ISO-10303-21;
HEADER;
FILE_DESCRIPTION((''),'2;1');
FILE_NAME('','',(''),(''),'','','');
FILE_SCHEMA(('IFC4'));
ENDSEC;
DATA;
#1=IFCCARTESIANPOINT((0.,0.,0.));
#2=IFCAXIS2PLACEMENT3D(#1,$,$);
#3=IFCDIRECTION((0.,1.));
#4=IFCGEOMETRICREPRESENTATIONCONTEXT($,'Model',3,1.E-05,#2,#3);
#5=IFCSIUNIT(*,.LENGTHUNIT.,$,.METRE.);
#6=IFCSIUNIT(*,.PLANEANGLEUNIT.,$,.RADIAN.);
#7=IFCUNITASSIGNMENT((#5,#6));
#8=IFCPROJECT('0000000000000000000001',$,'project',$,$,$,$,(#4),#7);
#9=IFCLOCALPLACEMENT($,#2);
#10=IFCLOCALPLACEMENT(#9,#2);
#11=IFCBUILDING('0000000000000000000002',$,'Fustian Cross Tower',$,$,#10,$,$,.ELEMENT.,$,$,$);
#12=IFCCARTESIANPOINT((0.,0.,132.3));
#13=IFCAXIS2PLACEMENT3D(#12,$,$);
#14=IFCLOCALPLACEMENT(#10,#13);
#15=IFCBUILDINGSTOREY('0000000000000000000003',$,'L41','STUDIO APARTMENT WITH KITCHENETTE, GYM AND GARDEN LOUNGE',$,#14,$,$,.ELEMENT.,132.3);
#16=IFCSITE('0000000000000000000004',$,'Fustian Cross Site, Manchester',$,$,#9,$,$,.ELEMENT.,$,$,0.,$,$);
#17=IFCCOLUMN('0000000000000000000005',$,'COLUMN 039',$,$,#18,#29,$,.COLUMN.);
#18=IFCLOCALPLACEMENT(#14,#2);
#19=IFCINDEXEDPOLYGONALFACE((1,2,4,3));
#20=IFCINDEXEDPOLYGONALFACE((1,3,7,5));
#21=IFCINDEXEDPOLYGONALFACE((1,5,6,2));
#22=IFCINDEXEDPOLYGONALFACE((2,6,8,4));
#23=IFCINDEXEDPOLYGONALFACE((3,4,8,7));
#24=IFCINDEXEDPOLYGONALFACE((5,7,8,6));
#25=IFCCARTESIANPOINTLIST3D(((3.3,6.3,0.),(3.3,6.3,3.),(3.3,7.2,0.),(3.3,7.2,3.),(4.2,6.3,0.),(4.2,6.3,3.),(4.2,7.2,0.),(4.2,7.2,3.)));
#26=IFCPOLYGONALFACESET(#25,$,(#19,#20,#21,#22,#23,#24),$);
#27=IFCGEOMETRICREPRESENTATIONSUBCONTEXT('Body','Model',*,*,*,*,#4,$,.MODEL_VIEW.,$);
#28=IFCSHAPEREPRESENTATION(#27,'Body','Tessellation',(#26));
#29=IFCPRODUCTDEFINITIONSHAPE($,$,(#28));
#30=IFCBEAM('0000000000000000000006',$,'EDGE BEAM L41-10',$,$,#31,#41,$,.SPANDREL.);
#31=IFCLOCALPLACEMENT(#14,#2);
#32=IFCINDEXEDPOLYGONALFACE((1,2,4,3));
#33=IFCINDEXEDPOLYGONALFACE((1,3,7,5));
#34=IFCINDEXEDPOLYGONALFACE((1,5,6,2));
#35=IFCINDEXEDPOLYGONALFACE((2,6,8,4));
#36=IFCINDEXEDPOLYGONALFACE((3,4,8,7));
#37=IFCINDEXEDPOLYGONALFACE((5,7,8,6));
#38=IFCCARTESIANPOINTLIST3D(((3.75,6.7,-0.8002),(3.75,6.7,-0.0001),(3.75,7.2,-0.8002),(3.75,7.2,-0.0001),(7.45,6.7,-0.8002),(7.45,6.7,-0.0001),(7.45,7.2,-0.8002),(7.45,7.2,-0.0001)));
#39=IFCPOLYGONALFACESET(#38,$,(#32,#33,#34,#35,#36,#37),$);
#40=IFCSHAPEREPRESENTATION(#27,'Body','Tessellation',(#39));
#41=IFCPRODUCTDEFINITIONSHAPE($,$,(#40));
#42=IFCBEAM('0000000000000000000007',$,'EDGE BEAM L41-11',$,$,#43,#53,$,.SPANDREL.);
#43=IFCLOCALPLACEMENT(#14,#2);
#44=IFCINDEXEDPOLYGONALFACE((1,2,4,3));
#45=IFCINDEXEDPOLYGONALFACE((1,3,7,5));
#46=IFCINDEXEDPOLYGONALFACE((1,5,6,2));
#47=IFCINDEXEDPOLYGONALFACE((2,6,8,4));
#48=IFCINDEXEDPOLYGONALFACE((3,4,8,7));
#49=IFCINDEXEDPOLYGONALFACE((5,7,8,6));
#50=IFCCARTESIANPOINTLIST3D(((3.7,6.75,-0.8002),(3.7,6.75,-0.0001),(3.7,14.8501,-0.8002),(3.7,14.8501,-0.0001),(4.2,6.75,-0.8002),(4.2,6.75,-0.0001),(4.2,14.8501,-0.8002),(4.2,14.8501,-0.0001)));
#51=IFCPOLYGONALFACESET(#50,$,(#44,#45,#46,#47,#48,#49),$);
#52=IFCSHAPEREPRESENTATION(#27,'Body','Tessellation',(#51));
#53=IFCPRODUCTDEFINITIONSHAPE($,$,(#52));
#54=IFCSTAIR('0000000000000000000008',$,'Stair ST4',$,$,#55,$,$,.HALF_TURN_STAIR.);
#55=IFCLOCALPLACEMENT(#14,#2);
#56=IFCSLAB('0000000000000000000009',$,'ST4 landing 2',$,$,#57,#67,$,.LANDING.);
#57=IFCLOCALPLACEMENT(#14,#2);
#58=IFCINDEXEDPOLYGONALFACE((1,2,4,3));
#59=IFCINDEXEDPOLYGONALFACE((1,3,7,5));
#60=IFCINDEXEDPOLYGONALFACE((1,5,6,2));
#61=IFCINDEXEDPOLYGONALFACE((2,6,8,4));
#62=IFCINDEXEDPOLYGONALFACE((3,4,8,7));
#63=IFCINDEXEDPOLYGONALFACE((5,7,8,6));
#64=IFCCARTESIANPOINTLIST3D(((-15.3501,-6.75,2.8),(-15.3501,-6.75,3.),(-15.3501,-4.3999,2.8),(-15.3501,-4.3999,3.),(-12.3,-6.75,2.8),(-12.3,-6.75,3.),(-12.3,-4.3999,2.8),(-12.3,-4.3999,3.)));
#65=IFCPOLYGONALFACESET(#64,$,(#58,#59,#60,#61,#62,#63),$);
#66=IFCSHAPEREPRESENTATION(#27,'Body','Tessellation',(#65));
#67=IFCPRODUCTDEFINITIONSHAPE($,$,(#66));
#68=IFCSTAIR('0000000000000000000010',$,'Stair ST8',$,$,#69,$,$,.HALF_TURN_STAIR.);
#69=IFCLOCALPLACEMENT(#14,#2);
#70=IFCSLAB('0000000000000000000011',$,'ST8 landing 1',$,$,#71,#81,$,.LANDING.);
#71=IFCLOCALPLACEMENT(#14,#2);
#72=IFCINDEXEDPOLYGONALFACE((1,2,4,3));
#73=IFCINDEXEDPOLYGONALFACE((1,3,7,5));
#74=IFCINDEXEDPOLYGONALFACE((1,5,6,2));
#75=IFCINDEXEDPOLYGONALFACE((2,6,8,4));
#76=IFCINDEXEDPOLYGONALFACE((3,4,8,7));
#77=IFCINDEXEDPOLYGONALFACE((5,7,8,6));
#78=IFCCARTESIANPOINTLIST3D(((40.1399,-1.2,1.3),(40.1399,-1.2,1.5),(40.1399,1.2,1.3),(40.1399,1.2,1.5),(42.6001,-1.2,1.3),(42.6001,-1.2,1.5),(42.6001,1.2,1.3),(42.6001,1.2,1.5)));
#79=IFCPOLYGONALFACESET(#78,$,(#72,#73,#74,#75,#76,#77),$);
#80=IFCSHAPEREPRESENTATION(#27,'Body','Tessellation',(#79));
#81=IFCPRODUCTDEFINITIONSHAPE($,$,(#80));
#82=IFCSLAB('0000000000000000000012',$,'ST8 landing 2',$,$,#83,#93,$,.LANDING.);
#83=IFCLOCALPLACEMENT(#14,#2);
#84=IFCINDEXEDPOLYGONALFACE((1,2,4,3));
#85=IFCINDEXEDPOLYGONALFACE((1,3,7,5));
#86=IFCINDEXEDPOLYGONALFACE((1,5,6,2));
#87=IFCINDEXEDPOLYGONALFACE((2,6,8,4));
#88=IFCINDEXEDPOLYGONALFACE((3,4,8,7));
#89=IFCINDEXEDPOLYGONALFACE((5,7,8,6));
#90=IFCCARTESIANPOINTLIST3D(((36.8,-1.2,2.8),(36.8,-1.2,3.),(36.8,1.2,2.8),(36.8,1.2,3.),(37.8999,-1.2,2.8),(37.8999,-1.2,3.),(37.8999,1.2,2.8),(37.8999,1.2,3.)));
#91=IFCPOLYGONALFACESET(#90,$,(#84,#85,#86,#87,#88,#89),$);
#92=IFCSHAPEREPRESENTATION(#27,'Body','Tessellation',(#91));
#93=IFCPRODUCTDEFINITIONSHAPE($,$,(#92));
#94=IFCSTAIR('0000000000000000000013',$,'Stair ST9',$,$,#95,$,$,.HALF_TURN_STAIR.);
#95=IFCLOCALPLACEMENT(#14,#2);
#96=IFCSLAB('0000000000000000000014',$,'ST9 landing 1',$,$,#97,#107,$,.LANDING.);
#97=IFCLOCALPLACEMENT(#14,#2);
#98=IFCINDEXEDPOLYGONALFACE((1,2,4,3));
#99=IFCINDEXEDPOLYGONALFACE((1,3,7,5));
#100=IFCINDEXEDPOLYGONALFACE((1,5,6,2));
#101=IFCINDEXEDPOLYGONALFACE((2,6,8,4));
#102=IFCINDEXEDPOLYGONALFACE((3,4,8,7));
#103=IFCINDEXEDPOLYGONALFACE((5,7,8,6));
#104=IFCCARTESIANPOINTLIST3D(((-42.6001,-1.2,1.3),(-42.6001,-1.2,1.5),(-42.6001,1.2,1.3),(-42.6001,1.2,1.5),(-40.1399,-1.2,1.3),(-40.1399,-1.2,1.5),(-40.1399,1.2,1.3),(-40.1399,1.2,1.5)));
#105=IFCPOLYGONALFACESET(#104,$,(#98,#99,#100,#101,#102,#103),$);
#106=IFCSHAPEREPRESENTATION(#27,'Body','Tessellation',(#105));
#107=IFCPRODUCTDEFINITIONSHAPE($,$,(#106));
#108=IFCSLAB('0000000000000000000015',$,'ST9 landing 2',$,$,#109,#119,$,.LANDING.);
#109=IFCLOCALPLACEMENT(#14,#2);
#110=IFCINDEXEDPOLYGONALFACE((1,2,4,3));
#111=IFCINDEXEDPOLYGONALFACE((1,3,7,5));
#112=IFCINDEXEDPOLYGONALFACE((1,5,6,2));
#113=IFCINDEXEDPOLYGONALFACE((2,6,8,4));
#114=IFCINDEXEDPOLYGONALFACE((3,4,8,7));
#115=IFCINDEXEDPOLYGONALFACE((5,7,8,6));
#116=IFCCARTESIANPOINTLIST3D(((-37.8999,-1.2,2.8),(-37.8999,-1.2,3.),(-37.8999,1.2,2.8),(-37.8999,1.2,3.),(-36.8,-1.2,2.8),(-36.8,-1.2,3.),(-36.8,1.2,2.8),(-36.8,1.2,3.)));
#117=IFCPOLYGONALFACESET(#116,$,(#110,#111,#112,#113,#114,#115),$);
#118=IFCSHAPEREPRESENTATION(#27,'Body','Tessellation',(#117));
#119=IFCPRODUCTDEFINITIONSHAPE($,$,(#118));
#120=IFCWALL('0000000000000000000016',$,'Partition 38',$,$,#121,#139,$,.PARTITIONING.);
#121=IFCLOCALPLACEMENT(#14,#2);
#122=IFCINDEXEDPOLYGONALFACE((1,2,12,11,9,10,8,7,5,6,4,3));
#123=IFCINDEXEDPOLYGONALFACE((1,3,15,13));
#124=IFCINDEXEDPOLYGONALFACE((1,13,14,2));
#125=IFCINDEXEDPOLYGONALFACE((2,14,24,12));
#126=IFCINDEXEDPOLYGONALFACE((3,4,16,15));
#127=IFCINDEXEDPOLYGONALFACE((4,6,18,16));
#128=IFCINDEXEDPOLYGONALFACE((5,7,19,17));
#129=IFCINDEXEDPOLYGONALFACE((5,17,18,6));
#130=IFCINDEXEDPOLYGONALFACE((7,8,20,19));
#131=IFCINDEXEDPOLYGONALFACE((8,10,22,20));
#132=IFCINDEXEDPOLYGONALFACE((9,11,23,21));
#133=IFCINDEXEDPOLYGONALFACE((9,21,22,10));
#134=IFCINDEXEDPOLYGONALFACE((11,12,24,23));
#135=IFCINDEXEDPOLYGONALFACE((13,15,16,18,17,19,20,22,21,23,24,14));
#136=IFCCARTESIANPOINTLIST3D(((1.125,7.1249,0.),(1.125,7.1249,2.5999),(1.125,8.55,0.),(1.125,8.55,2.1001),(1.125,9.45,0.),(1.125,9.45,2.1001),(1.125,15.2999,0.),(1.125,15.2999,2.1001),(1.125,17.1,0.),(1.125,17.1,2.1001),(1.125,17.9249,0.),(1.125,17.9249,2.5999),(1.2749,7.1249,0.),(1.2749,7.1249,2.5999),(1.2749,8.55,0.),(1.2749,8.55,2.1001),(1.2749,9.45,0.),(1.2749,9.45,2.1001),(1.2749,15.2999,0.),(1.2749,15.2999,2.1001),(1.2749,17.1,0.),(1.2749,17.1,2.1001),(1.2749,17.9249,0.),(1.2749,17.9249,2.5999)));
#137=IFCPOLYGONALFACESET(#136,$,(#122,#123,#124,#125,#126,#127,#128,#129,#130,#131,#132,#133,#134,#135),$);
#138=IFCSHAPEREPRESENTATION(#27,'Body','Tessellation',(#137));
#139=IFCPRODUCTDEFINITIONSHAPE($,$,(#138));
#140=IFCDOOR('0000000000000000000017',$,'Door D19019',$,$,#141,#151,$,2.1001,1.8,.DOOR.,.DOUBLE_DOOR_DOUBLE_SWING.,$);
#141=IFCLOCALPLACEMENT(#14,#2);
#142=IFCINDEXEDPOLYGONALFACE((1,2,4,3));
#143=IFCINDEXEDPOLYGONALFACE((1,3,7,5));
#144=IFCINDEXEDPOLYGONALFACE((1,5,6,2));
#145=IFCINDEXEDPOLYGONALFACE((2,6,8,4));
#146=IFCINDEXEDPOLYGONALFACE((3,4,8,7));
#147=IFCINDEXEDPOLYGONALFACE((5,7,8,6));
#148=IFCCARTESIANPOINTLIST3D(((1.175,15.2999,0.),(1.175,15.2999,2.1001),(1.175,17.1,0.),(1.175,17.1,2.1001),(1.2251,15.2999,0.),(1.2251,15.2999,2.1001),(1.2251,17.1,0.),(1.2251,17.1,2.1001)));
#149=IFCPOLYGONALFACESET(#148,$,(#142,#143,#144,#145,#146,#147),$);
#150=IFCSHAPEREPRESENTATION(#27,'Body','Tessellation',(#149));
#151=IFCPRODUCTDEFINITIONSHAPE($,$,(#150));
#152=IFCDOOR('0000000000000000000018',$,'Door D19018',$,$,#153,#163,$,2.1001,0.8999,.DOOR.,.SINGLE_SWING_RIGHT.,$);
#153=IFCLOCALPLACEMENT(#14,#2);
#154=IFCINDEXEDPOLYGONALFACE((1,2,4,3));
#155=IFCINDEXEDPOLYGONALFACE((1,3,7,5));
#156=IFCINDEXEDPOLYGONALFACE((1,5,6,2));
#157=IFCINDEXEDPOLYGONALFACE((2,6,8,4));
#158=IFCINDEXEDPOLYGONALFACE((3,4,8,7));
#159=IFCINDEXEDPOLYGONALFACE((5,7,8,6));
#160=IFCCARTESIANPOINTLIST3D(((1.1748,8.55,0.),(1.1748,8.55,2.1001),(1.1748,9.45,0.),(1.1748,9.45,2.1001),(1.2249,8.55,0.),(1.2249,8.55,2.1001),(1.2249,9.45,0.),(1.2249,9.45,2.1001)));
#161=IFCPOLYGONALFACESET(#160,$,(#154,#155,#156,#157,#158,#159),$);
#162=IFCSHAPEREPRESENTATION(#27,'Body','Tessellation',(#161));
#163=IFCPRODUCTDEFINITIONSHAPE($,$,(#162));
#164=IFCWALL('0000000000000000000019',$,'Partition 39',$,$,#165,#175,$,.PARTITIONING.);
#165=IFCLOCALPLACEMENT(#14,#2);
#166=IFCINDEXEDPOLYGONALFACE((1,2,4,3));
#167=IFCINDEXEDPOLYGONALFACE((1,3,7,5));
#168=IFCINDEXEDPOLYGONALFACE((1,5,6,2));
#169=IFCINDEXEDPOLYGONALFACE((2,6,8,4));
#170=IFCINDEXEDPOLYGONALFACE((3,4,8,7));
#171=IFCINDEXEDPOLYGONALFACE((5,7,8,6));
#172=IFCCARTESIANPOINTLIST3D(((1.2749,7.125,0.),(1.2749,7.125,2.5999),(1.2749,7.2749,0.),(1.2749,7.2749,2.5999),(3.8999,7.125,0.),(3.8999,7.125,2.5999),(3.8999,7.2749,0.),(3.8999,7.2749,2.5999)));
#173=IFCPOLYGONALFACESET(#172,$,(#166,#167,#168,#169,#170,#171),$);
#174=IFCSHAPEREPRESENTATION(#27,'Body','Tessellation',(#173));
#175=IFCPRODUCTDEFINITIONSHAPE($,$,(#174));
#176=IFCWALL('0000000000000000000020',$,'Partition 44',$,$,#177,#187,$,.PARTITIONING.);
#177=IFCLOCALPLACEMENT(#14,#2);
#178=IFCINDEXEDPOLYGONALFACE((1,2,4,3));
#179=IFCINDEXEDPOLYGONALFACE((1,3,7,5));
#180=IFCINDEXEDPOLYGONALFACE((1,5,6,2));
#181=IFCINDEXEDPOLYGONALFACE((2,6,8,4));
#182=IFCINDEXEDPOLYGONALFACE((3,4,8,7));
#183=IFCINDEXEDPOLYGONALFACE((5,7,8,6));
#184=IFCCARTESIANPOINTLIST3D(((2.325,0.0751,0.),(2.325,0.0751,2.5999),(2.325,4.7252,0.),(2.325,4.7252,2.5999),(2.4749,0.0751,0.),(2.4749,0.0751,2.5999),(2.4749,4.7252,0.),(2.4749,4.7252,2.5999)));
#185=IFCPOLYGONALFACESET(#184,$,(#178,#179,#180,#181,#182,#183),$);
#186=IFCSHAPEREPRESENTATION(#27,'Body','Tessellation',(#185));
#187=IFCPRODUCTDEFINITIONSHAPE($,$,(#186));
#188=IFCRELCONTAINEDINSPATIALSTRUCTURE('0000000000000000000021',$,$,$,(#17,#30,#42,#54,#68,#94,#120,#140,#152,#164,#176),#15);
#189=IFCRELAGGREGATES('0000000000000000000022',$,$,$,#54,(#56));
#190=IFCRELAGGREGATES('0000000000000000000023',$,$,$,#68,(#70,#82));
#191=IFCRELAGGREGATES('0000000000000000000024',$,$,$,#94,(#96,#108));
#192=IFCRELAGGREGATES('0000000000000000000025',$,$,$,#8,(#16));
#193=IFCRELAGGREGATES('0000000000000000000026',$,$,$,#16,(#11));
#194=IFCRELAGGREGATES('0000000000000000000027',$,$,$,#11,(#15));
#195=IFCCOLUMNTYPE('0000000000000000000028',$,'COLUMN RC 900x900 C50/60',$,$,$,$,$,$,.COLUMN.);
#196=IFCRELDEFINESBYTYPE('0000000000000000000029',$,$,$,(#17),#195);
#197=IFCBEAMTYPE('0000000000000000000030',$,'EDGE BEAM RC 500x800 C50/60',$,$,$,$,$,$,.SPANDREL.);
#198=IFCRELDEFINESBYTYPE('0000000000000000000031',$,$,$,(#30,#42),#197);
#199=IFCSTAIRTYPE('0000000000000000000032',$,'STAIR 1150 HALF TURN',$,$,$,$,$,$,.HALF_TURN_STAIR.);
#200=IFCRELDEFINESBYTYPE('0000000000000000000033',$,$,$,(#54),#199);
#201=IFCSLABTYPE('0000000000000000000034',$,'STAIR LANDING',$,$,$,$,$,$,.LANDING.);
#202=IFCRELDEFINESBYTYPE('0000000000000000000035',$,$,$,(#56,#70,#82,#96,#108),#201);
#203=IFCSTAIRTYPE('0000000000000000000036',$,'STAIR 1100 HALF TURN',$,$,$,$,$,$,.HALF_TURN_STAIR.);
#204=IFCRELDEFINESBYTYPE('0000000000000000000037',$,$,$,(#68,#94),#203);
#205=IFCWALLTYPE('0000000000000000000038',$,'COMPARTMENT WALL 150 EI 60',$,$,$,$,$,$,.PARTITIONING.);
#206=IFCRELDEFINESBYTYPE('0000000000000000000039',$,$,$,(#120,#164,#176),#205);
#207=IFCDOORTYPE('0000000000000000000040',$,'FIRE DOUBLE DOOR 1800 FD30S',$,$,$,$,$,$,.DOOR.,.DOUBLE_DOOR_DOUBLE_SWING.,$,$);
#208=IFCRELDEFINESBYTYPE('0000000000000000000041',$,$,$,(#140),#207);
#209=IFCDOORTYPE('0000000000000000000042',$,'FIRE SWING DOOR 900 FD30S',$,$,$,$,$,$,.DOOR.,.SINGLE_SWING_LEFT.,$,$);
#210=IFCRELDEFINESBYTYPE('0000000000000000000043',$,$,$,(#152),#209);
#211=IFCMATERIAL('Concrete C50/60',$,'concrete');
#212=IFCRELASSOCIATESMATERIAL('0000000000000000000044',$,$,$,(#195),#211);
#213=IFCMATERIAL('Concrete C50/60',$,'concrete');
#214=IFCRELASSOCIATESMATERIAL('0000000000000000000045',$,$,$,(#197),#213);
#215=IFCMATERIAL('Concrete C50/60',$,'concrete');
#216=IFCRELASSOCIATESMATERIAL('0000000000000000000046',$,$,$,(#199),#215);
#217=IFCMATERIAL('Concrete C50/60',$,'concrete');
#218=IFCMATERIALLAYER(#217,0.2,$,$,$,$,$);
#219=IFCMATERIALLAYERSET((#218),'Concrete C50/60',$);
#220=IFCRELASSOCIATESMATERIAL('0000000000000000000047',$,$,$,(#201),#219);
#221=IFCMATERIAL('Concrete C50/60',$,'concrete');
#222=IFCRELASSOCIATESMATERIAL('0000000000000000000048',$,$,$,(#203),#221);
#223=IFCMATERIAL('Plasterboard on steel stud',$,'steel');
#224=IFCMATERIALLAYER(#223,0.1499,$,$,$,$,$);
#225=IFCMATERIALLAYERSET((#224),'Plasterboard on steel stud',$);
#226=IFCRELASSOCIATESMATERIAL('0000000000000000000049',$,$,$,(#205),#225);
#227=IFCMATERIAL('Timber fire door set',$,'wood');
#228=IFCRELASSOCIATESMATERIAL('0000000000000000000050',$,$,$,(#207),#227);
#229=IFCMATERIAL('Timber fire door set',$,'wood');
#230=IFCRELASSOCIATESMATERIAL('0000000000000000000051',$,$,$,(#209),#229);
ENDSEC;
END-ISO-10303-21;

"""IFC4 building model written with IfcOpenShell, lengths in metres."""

from ifc_helpers import new_model, si_unit, direction, frame, frame_2d, origin, origin_2d, place, context, subcontext, project, spatial, polyline, rectangle, outline, extrude, material, layer, layer_set, material_profile, profile_set, type_object, element, fill, aggregate, save


model = new_model("IFC4")

# Units and contexts
model_context = context("Model", 3, precision=1e-05, world=origin(), true_north=direction((0.0, 1.0)))
body_context = subcontext(model_context, "Body", "Model", "MODEL_VIEW")
ifc_project = project(units=[si_unit("LENGTHUNIT", "METRE"), si_unit("PLANEANGLEUNIT", "RADIAN")], contexts=[model_context])

# Site, building, storey
site_placement = place(None, origin())
site = spatial("IfcSite", under=ifc_project, at=site_placement, Name="Fustian Cross Site, Manchester", CompositionType="ELEMENT", RefElevation=0.0)
building_placement = place(site_placement, origin())
building = spatial("IfcBuilding", under=site, at=building_placement, Name="Fustian Cross Tower", CompositionType="ELEMENT")
storey_placement = place(building_placement, frame((0.0, 0.0, 132.3)))
storey = spatial("IfcBuildingStorey", under=building, at=storey_placement, Name="L41", Description="STUDIO APARTMENT WITH KITCHENETTE, GYM AND GARDEN LOUNGE", CompositionType="ELEMENT", Elevation=132.3)

# Column
ifc_material_1 = material(Name="Concrete C50/60", Category="concrete")
ifc_material_profile_1 = material_profile(ifc_material_1, rectangle(XDim=0.8999, YDim=0.8999, at=origin_2d()), Name="RC 900x900")
ifc_profile_set_1 = profile_set([ifc_material_profile_1], Name="Concrete C50/60")
column_type = type_object("IfcColumnType", Name="COLUMN RC 900x900 C50/60", PredefinedType="COLUMN", material=ifc_profile_set_1)
column_placement = place(storey_placement, frame((3.75, 6.75, 0.0), z_axis=(0.0, 0.0, 1.0), x_axis=(1.0, 0.0, 0.0)))
element("IfcColumn", 1, at=column_placement, inside=storey, type_object=column_type, Name="COLUMN 039", PredefinedType="COLUMN", context=body_context, shape_type="SweptSolid", body=[
    extrude(rectangle(XDim=0.8999, YDim=0.8999, at=origin_2d()), origin(), (0.0, 0.0, 1.0), 3.0),
])

# Beams
ifc_material_2 = material(Name="Concrete C50/60", Category="concrete")
ifc_material_profile_2 = material_profile(ifc_material_2, rectangle(XDim=0.5, YDim=0.8, at=origin_2d()), Name="RC 500x800")
ifc_profile_set_2 = profile_set([ifc_material_profile_2], Name="Concrete C50/60")
beam_type = type_object("IfcBeamType", Name="EDGE BEAM RC 500x800 C50/60", PredefinedType="SPANDREL", material=ifc_profile_set_2)
beam_1_placement = place(storey_placement, frame((7.45, 6.95, -0.4001), z_axis=(-1.0, 0.0, 0.0), x_axis=(0.0, -1.0, 0.0)))
element("IfcBeam", 2, at=beam_1_placement, inside=storey, type_object=beam_type, Name="EDGE BEAM L41-10", PredefinedType="SPANDREL", context=body_context, shape_type="SweptSolid", body=[
    extrude(rectangle(XDim=0.5, YDim=0.8, at=origin_2d()), origin(), (0.0, 0.0, 1.0), 3.7),
])
beam_2_placement = place(storey_placement, frame((3.95, 6.75, -0.4001), z_axis=(0.0, 1.0, 0.0), x_axis=(-1.0, 0.0, 0.0)))
element("IfcBeam", 3, at=beam_2_placement, inside=storey, type_object=beam_type, Name="EDGE BEAM L41-11", PredefinedType="SPANDREL", context=body_context, shape_type="SweptSolid", body=[
    extrude(rectangle(XDim=0.5, YDim=0.8, at=origin_2d()), origin(), (0.0, 0.0, 1.0), 8.1001),
])

# Stair, slab
ifc_material_3 = material(Name="Concrete C50/60", Category="concrete")
stair_type_1 = type_object("IfcStairType", Name="STAIR 1150 HALF TURN", PredefinedType="HALF_TURN_STAIR", material=ifc_material_3)
stair_1_placement = place(storey_placement, origin())
stair_1 = element("IfcStair", 4, at=stair_1_placement, inside=storey, type_object=stair_type_1, Name="Stair ST4", PredefinedType="HALF_TURN_STAIR")
ifc_material_4 = material(Name="Concrete C50/60", Category="concrete")
ifc_layer_1 = layer(ifc_material_4, 0.2)
ifc_layer_set_1 = layer_set([ifc_layer_1], Name="Concrete C50/60")
slab_type = type_object("IfcSlabType", Name="STAIR LANDING", PredefinedType="LANDING", material=ifc_layer_set_1)
slab_1_placement = place(storey_placement, frame((0.0, 0.0, 2.8)))
slab_1 = element("IfcSlab", 5, at=slab_1_placement, type_object=slab_type, Name="ST4 landing 2", PredefinedType="LANDING", context=body_context, shape_type="SweptSolid", body=[
    extrude(outline(polyline([(-12.3, -4.3999), (-15.3501, -4.3999), (-15.3501, -6.75), (-12.3, -6.75), (-12.3, -4.3999)])), origin(), (0.0, 0.0, 1.0), 0.2),
])
aggregate(stair_1, [slab_1])

# Stairs, slabs
ifc_material_5 = material(Name="Concrete C50/60", Category="concrete")
stair_type_2 = type_object("IfcStairType", Name="STAIR 1100 HALF TURN", PredefinedType="HALF_TURN_STAIR", material=ifc_material_5)
stair_2_placement = place(storey_placement, origin())
stair_2 = element("IfcStair", 6, at=stair_2_placement, inside=storey, type_object=stair_type_2, Name="Stair ST8", PredefinedType="HALF_TURN_STAIR")
slab_2_placement = place(storey_placement, frame((0.0, 0.0, 1.3)))
slab_2 = element("IfcSlab", 7, at=slab_2_placement, type_object=slab_type, Name="ST8 landing 1", PredefinedType="LANDING", context=body_context, shape_type="SweptSolid", body=[
    extrude(outline(polyline([(40.1399, -1.2), (42.6001, -1.2), (42.6001, 1.2), (40.1399, 1.2), (40.1399, -1.2)])), origin(), (0.0, 0.0, 1.0), 0.2),
])
slab_3_placement = place(storey_placement, frame((0.0, 0.0, 2.8)))
slab_3 = element("IfcSlab", 8, at=slab_3_placement, type_object=slab_type, Name="ST8 landing 2", PredefinedType="LANDING", context=body_context, shape_type="SweptSolid", body=[
    extrude(outline(polyline([(36.8, -1.2), (37.8999, -1.2), (37.8999, 1.2), (36.8, 1.2), (36.8, -1.2)])), origin(), (0.0, 0.0, 1.0), 0.2),
])
aggregate(stair_2, [slab_2, slab_3])
stair_3_placement = place(storey_placement, origin())
stair_3 = element("IfcStair", 9, at=stair_3_placement, inside=storey, type_object=stair_type_2, Name="Stair ST9", PredefinedType="HALF_TURN_STAIR")
slab_4_placement = place(storey_placement, frame((0.0, 0.0, 1.3)))
slab_4 = element("IfcSlab", 10, at=slab_4_placement, type_object=slab_type, Name="ST9 landing 1", PredefinedType="LANDING", context=body_context, shape_type="SweptSolid", body=[
    extrude(outline(polyline([(-40.1399, -1.2), (-42.6001, -1.2), (-42.6001, 1.2), (-40.1399, 1.2), (-40.1399, -1.2)])), origin(), (0.0, 0.0, 1.0), 0.2),
])
slab_5_placement = place(storey_placement, frame((0.0, 0.0, 2.8)))
slab_5 = element("IfcSlab", 11, at=slab_5_placement, type_object=slab_type, Name="ST9 landing 2", PredefinedType="LANDING", context=body_context, shape_type="SweptSolid", body=[
    extrude(outline(polyline([(-36.8, -1.2), (-37.8999, -1.2), (-37.8999, 1.2), (-36.8, 1.2), (-36.8, -1.2)])), origin(), (0.0, 0.0, 1.0), 0.2),
])
aggregate(stair_3, [slab_4, slab_5])

# Wall, openings, doors
ifc_material_6 = material(Name="Plasterboard on steel stud", Category="steel")
ifc_layer_2 = layer(ifc_material_6, 0.1499)
ifc_layer_set_2 = layer_set([ifc_layer_2], Name="Plasterboard on steel stud")
wall_type_1 = type_object("IfcWallType", Name="COMPARTMENT WALL 150 EI 60", PredefinedType="PARTITIONING", material=ifc_layer_set_2)
wall_1_placement = place(storey_placement, frame((1.2, 7.125, 0.0), z_axis=(0.0, 0.0, 1.0), x_axis=(0.0, 1.0, 0.0)))
wall_1 = element("IfcWall", 12, at=wall_1_placement, inside=storey, type_object=wall_type_1, Name="Partition 38", PredefinedType="PARTITIONING", context=body_context, shape_type="SweptSolid", body=[
    extrude(rectangle(XDim=10.8, YDim=0.1499, at=frame_2d((5.3999, 0.0))), origin(), (0.0, 0.0, 1.0), 2.5999),
])
opening_1_placement = place(wall_1_placement, frame((1.425, 0.0, 0.0)))
opening_1 = element("IfcOpeningElement", 13, at=opening_1_placement, cuts=wall_1, PredefinedType="OPENING", context=body_context, shape_type="SweptSolid", body=[
    extrude(rectangle(XDim=0.8999, YDim=2.1001, at=frame_2d((0.45, 1.05))), frame((0.0, 0.085, 0.0), z_axis=(0.0, -1.0, 0.0), x_axis=(1.0, 0.0, 0.0)), (0.0, 0.0, 1.0), 0.1699),
])
opening_2_placement = place(wall_1_placement, frame((8.175, 0.0, 0.0)))
opening_2 = element("IfcOpeningElement", 14, at=opening_2_placement, cuts=wall_1, PredefinedType="OPENING", context=body_context, shape_type="SweptSolid", body=[
    extrude(rectangle(XDim=1.8, YDim=2.1001, at=frame_2d((0.8999, 1.05))), frame((0.0, 0.085, 0.0), z_axis=(0.0, -1.0, 0.0), x_axis=(1.0, 0.0, 0.0)), (0.0, 0.0, 1.0), 0.1699),
])
ifc_material_7 = material(Name="Timber fire door set", Category="wood")
door_type_1 = type_object("IfcDoorType", Name="FIRE DOUBLE DOOR 1800 FD30S", OperationType="DOUBLE_DOOR_DOUBLE_SWING", PredefinedType="DOOR", material=ifc_material_7)
door_1_placement = place(opening_2_placement, origin())
door_1 = element("IfcDoor", 15, at=door_1_placement, inside=storey, type_object=door_type_1, Name="Door D19019", OperationType="DOUBLE_DOOR_DOUBLE_SWING", OverallHeight=2.1001, OverallWidth=1.8, PredefinedType="DOOR", context=body_context, shape_type="SweptSolid", body=[
    extrude(rectangle(XDim=1.8, YDim=2.1001, at=frame_2d((0.8999, 1.05))), frame((0.0, 0.0249, 0.0), z_axis=(0.0, -1.0, 0.0), x_axis=(1.0, 0.0, 0.0)), (0.0, 0.0, 1.0), 0.05),
])
fill(opening_2, door_1)
ifc_material_8 = material(Name="Timber fire door set", Category="wood")
door_type_2 = type_object("IfcDoorType", Name="FIRE SWING DOOR 900 FD30S", OperationType="SINGLE_SWING_LEFT", PredefinedType="DOOR", material=ifc_material_8)
door_2_placement = place(opening_1_placement, frame((0.8999, 0.0, 0.0), z_axis=(0.0, 0.0, 1.0), x_axis=(-1.0, 0.0, 0.0)))
door_2 = element("IfcDoor", 16, at=door_2_placement, inside=storey, type_object=door_type_2, Name="Door D19018", OperationType="SINGLE_SWING_RIGHT", OverallHeight=2.1001, OverallWidth=0.8999, PredefinedType="DOOR", context=body_context, shape_type="SweptSolid", body=[
    extrude(rectangle(XDim=0.8999, YDim=2.1001, at=frame_2d((0.45, 1.05))), frame((0.0, 0.0249, 0.0), z_axis=(0.0, -1.0, 0.0), x_axis=(1.0, 0.0, 0.0)), (0.0, 0.0, 1.0), 0.05),
])
fill(opening_1, door_2)

# Walls
wall_2_placement = place(storey_placement, frame((1.2749, 7.2, 0.0), z_axis=(0.0, 0.0, 1.0), x_axis=(1.0, 0.0, 0.0)))
element("IfcWall", 17, at=wall_2_placement, inside=storey, type_object=wall_type_1, Name="Partition 39", PredefinedType="PARTITIONING", context=body_context, shape_type="SweptSolid", body=[
    extrude(rectangle(XDim=2.625, YDim=0.1499, at=frame_2d((1.3125, 0.0))), origin(), (0.0, 0.0, 1.0), 2.5999),
])
wall_3_placement = place(storey_placement, frame((2.3999, 0.075, 0.0), z_axis=(0.0, 0.0, 1.0), x_axis=(0.0, 1.0, 0.0)))
element("IfcWall", 18, at=wall_3_placement, inside=storey, type_object=wall_type_1, Name="Partition 44", PredefinedType="PARTITIONING", context=body_context, shape_type="SweptSolid", body=[
    extrude(rectangle(XDim=4.6501, YDim=0.1499, at=frame_2d((2.3252, 0.0))), origin(), (0.0, 0.0, 1.0), 2.5999),
])

save(model, "model.ifc")
